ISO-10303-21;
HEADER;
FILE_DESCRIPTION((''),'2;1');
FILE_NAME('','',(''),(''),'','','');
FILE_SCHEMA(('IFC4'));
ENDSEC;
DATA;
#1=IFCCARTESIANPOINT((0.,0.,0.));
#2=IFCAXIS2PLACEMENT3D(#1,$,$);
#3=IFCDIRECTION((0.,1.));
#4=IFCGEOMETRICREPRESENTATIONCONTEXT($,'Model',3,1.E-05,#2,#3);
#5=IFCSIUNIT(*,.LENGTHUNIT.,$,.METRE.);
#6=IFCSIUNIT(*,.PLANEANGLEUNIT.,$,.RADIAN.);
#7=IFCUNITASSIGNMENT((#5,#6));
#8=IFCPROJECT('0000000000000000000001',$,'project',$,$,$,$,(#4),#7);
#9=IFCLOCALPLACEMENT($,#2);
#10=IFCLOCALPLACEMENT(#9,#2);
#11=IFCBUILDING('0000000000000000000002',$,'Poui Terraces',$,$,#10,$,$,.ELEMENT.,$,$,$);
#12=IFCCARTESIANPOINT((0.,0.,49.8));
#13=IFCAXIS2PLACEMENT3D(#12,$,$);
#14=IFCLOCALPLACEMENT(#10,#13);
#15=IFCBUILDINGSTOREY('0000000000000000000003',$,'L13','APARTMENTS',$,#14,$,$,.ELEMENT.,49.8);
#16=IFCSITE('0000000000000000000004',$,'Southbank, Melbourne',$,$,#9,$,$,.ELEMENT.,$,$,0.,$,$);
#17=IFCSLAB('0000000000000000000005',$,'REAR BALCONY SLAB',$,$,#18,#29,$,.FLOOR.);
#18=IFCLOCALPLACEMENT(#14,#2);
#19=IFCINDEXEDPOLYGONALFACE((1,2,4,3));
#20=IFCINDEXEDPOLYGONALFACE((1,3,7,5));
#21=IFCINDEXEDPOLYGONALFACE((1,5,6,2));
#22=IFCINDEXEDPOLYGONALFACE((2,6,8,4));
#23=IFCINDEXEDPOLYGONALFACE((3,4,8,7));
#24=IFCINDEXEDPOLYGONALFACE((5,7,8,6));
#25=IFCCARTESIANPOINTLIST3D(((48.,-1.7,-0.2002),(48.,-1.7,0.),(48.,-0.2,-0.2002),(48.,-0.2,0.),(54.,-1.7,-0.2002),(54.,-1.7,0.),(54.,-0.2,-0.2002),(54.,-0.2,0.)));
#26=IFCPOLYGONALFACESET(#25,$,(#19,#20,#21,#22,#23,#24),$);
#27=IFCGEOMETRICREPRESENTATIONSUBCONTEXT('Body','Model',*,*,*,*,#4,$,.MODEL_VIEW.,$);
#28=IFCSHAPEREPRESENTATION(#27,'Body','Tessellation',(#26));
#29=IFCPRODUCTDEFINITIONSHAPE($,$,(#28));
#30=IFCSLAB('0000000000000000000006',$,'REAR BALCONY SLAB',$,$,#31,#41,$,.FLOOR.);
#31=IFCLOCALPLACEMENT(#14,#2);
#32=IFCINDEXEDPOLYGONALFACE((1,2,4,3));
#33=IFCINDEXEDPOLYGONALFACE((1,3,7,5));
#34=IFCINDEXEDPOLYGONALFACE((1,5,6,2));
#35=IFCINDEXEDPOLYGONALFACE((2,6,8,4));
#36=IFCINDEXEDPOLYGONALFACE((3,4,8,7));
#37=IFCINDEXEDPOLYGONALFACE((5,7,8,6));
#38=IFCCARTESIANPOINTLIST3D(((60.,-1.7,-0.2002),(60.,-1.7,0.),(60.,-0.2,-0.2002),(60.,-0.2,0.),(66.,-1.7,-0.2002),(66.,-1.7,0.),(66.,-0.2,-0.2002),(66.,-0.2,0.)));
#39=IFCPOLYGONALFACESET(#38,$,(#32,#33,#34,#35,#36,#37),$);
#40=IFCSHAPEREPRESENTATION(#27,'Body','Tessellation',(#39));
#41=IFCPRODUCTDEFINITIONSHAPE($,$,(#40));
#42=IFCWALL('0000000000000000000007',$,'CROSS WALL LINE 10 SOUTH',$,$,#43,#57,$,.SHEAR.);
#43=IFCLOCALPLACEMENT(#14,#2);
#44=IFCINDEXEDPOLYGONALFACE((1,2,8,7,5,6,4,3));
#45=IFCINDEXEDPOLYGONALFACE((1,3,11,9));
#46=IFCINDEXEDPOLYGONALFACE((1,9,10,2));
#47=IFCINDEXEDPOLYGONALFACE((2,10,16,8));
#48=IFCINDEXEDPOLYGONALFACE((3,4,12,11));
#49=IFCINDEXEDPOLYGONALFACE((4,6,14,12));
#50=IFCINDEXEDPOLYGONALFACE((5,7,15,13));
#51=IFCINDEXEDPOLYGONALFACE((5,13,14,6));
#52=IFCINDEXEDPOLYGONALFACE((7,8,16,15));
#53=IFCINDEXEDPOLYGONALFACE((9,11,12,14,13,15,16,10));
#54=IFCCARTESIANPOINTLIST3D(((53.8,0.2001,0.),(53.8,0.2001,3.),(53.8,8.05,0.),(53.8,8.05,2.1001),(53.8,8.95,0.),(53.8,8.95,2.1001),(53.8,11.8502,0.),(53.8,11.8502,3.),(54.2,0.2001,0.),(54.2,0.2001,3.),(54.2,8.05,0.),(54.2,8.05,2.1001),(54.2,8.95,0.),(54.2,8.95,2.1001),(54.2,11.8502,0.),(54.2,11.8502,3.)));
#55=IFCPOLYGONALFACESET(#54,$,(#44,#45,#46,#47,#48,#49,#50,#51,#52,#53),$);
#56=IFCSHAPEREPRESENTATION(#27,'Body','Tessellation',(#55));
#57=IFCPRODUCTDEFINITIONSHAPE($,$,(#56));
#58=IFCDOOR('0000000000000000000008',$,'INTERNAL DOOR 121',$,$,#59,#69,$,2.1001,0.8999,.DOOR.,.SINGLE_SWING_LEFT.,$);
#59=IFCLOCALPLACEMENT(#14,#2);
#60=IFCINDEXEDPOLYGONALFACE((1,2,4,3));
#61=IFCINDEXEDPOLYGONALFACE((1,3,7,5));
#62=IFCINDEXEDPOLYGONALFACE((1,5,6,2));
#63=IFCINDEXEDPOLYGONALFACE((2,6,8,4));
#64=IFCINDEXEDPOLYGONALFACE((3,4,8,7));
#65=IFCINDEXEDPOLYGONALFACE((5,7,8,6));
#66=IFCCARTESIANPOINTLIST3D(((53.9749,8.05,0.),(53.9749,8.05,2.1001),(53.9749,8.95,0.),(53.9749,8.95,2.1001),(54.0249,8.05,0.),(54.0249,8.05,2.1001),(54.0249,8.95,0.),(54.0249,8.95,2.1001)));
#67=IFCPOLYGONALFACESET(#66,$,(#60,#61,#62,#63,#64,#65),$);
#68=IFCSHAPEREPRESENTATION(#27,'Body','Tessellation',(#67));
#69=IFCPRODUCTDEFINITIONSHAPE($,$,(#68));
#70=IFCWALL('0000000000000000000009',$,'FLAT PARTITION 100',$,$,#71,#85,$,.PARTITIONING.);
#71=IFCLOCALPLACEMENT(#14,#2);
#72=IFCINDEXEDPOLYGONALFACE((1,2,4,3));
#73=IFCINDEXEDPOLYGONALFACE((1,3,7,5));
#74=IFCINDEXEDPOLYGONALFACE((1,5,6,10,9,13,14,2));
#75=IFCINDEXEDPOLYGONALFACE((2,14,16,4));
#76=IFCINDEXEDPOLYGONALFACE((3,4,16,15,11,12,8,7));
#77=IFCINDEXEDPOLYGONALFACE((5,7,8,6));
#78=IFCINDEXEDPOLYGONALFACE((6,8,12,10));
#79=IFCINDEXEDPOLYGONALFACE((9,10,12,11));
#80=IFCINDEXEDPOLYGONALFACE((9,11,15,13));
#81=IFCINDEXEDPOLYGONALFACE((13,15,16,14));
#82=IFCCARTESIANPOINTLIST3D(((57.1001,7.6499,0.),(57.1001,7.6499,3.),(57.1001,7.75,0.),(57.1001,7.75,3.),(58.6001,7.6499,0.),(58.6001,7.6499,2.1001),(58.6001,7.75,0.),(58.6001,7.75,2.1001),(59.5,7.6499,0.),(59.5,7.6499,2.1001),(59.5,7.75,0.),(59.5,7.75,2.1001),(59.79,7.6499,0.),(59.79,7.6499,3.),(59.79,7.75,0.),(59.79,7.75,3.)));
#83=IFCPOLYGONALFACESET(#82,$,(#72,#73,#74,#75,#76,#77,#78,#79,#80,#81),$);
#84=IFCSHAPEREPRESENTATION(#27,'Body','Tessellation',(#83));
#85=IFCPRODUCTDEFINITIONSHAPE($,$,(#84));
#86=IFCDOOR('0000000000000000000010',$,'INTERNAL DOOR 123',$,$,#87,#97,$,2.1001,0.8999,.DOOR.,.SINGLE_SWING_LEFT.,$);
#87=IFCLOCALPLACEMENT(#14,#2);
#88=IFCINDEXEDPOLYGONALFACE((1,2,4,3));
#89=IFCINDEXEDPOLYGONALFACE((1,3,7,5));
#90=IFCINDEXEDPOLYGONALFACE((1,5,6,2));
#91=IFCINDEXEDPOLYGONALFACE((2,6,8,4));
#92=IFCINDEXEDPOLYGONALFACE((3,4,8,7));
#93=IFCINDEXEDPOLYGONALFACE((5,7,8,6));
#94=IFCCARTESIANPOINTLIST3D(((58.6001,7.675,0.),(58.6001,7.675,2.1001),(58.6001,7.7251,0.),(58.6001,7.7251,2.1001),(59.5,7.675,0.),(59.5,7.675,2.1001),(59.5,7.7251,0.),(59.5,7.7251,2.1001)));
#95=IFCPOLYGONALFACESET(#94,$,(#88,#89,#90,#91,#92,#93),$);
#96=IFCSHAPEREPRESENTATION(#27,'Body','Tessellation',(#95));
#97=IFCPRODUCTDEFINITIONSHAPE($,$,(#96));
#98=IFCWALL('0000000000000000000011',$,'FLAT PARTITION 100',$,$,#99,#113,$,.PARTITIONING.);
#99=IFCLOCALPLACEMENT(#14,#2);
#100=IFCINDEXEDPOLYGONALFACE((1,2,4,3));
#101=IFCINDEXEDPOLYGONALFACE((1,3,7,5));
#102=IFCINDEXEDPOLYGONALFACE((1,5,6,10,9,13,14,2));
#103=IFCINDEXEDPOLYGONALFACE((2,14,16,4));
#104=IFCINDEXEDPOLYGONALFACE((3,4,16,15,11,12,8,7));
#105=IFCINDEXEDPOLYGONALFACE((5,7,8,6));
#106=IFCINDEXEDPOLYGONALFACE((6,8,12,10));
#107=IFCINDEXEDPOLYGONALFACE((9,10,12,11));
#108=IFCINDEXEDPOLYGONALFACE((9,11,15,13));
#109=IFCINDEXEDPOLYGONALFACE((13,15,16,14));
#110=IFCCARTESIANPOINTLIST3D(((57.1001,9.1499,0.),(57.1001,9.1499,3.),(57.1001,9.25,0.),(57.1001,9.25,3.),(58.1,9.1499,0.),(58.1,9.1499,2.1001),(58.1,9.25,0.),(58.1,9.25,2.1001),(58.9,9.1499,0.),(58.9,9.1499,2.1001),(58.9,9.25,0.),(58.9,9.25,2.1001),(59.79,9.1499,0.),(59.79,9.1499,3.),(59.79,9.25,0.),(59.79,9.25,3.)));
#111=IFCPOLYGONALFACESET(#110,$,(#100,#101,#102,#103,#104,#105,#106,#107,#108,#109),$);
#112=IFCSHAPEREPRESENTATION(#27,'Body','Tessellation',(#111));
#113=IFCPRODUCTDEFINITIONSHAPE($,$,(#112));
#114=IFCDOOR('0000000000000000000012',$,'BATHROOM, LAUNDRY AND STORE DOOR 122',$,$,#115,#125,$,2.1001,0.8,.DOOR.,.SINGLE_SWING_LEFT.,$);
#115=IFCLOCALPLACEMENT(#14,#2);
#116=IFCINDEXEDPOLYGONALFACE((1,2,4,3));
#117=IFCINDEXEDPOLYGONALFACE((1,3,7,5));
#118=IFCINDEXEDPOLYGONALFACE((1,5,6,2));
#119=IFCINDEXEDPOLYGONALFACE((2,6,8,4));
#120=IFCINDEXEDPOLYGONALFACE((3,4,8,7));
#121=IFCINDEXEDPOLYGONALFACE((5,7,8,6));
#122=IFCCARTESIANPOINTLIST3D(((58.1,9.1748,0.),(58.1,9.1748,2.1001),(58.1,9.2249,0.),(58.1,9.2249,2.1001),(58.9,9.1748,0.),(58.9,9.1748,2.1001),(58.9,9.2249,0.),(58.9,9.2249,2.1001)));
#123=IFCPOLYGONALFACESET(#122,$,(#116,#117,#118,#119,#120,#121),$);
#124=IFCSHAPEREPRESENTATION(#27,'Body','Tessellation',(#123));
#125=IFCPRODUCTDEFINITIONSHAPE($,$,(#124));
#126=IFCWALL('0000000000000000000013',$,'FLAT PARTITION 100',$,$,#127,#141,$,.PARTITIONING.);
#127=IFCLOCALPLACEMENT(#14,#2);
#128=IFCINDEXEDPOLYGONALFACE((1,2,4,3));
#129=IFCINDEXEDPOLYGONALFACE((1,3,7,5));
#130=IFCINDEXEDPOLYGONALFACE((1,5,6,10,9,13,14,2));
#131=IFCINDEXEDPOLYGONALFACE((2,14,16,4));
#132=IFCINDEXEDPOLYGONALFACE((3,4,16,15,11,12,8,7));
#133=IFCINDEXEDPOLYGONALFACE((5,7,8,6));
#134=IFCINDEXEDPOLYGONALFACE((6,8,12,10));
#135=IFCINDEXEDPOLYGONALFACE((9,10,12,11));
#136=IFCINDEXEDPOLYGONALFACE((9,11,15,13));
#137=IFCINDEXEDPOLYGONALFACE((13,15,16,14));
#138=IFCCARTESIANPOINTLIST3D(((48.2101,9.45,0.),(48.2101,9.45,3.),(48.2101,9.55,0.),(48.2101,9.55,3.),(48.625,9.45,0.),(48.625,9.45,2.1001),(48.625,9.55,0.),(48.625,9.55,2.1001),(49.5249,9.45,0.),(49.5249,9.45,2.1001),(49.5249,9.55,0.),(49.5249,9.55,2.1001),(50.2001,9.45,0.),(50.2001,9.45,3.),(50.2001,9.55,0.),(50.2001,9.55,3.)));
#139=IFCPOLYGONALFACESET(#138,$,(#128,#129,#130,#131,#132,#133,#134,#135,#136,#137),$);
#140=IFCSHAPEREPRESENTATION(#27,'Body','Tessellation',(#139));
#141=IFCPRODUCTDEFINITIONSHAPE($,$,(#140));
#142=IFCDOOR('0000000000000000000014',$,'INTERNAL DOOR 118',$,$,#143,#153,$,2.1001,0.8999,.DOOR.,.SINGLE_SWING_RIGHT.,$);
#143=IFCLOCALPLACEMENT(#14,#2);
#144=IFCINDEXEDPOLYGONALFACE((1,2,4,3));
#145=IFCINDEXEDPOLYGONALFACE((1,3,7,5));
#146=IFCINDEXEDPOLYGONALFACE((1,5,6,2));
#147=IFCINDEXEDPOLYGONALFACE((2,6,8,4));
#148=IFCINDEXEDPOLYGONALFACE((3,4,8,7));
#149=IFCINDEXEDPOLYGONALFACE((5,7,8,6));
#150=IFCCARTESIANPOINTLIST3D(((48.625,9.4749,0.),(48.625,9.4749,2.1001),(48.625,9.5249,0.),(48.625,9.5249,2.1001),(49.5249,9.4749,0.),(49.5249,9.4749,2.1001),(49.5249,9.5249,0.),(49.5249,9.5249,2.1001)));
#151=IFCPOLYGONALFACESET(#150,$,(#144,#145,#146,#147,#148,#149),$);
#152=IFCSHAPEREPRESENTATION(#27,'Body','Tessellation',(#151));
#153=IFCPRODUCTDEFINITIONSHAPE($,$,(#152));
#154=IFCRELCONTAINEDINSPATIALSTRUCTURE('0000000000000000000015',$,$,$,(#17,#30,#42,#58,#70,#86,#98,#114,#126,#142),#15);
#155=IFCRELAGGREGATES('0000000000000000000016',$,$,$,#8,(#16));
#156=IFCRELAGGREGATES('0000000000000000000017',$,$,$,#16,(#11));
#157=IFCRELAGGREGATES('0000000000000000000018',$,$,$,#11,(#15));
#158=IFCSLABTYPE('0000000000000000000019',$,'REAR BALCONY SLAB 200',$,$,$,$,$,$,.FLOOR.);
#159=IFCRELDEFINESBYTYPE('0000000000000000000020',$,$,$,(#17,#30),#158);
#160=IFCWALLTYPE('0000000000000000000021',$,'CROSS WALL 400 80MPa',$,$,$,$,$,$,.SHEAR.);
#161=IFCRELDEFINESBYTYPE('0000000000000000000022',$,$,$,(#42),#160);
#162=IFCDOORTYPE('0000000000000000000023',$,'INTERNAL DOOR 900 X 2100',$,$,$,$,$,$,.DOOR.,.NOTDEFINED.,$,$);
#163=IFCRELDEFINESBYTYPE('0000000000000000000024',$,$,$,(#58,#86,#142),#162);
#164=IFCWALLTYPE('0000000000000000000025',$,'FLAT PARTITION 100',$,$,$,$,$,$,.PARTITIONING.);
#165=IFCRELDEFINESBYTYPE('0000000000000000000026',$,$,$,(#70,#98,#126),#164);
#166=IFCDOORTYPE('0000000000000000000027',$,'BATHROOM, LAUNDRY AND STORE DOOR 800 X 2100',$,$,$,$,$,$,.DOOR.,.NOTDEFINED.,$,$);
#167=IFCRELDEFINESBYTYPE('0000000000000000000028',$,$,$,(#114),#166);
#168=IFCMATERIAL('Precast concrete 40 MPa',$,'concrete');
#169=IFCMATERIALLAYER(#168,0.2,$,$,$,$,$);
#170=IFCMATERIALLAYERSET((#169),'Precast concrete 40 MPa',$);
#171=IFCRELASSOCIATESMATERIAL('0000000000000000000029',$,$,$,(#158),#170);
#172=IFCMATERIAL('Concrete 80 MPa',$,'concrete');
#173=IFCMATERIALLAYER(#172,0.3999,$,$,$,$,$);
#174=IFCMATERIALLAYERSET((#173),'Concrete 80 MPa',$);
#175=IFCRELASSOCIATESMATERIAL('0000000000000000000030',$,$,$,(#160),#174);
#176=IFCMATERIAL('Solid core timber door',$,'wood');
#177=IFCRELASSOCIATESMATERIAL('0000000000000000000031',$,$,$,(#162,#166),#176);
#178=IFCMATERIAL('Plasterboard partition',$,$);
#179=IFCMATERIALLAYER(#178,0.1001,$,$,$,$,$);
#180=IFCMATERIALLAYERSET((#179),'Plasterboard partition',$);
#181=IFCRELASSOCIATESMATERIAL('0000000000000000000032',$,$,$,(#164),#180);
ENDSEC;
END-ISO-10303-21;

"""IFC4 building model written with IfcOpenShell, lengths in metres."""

from ifc_helpers import new_model, si_unit, direction, frame, frame_2d, origin, place, context, subcontext, project, spatial, polyline, rectangle, outline, extrude, source, transform, mapped, material, layer, layer_set, type_object, element, fill, save


model = new_model("IFC4")

# Units and contexts
model_context = context("Model", 3, precision=1e-05, world=origin(), true_north=direction((0.0, 1.0)))
body_context = subcontext(model_context, "Body", "Model", "MODEL_VIEW")
ifc_project = project(units=[si_unit("LENGTHUNIT", "METRE"), si_unit("PLANEANGLEUNIT", "RADIAN")], contexts=[model_context])

# Site, building, storey
site_placement = place(None, origin())
site = spatial("IfcSite", under=ifc_project, at=site_placement, Name="Southbank, Melbourne", CompositionType="ELEMENT", RefElevation=0.0)
building_placement = place(site_placement, origin())
building = spatial("IfcBuilding", under=site, at=building_placement, Name="Poui Terraces", CompositionType="ELEMENT")
storey_placement = place(building_placement, frame((0.0, 0.0, 49.8)))
storey = spatial("IfcBuildingStorey", under=building, at=storey_placement, Name="L13", Description="APARTMENTS", CompositionType="ELEMENT", Elevation=49.8)

# Slabs
ifc_material_1 = material(Name="Precast concrete 40 MPa", Category="concrete")
ifc_layer_1 = layer(ifc_material_1, 0.2)
ifc_layer_set_1 = layer_set([ifc_layer_1], Name="Precast concrete 40 MPa")
slab_type = type_object("IfcSlabType", Name="REAR BALCONY SLAB 200", PredefinedType="FLOOR", material=ifc_layer_set_1)
shared_shape_1 = source(origin(), body_context, "Body", "SweptSolid", [
    extrude(outline(polyline([(0.0, 0.0), (6.0, 0.0), (6.0, 1.5), (0.0, 1.5), (0.0, 0.0)])), origin(), (0.0, 0.0, 1.0), 0.2002),
])
for number, where, name in (
    (1, (48.0, -1.7, -0.2002), "REAR BALCONY SLAB"),
    (2, (60.0, -1.7, -0.2002), "REAR BALCONY SLAB"),
):
    element("IfcSlab", number, at=place(storey_placement, frame(where)), inside=storey, type_object=slab_type, Name=name, PredefinedType="FLOOR", context=body_context, shape_type="MappedRepresentation", body=[
        mapped(shared_shape_1, transform((0.0, 0.0, 0.0))),
    ])

# Walls, openings, doors
ifc_material_2 = material(Name="Concrete 80 MPa", Category="concrete")
ifc_layer_2 = layer(ifc_material_2, 0.3999)
ifc_layer_set_2 = layer_set([ifc_layer_2], Name="Concrete 80 MPa")
wall_type_1 = type_object("IfcWallType", Name="CROSS WALL 400 80MPa", PredefinedType="SHEAR", material=ifc_layer_set_2)
wall_1_placement = place(storey_placement, frame((54.0, 0.2, 0.0), z_axis=(0.0, 0.0, 1.0), x_axis=(0.0, 1.0, 0.0)))
wall_1 = element("IfcWall", 3, at=wall_1_placement, inside=storey, type_object=wall_type_1, Name="CROSS WALL LINE 10 SOUTH", PredefinedType="SHEAR", context=body_context, shape_type="SweptSolid", body=[
    extrude(rectangle(XDim=11.6501, YDim=0.3999, at=frame_2d((5.8252, 0.0))), origin(), (0.0, 0.0, 1.0), 3.0),
])
opening_1_placement = place(wall_1_placement, frame((7.8501, 0.0, 0.0)))
opening_1 = element("IfcOpeningElement", 4, at=opening_1_placement, cuts=wall_1, PredefinedType="OPENING", context=body_context, shape_type="SweptSolid", body=[
    extrude(rectangle(XDim=0.8999, YDim=2.1001, at=frame_2d((0.45, 1.05))), frame((0.0, 0.21, 0.0), z_axis=(0.0, -1.0, 0.0), x_axis=(1.0, 0.0, 0.0)), (0.0, 0.0, 1.0), 0.4199),
])
ifc_material_3 = material(Name="Solid core timber door", Category="wood")
door_type_1 = type_object("IfcDoorType", Name="INTERNAL DOOR 900 X 2100", OperationType="NOTDEFINED", PredefinedType="DOOR", material=ifc_material_3)
door_1_placement = place(opening_1_placement, frame((0.8999, 0.0, 0.0), z_axis=(0.0, 0.0, 1.0), x_axis=(-1.0, 0.0, 0.0)))
door_1 = element("IfcDoor", 5, at=door_1_placement, inside=storey, type_object=door_type_1, Name="INTERNAL DOOR 121", OperationType="SINGLE_SWING_LEFT", OverallHeight=2.1001, OverallWidth=0.8999, PredefinedType="DOOR", context=body_context, shape_type="SweptSolid", body=[
    extrude(rectangle(XDim=0.8999, YDim=2.1001, at=frame_2d((0.45, 1.05))), frame((0.0, 0.0249, 0.0), z_axis=(0.0, -1.0, 0.0), x_axis=(1.0, 0.0, 0.0)), (0.0, 0.0, 1.0), 0.05),
])
fill(opening_1, door_1)
ifc_material_4 = material(Name="Plasterboard partition")
ifc_layer_3 = layer(ifc_material_4, 0.1001)
ifc_layer_set_3 = layer_set([ifc_layer_3], Name="Plasterboard partition")
wall_type_2 = type_object("IfcWallType", Name="FLAT PARTITION 100", PredefinedType="PARTITIONING", material=ifc_layer_set_3)
wall_2_placement = place(storey_placement, frame((57.1001, 7.7, 0.0), z_axis=(0.0, 0.0, 1.0), x_axis=(1.0, 0.0, 0.0)))
wall_2 = element("IfcWall", 6, at=wall_2_placement, inside=storey, type_object=wall_type_2, Name="FLAT PARTITION 100", PredefinedType="PARTITIONING", context=body_context, shape_type="SweptSolid", body=[
    extrude(rectangle(XDim=2.6899, YDim=0.1001, at=frame_2d((1.345, 0.0))), origin(), (0.0, 0.0, 1.0), 3.0),
])
opening_2_placement = place(wall_2_placement, frame((1.5, 0.0, 0.0)))
opening_2 = element("IfcOpeningElement", 7, at=opening_2_placement, cuts=wall_2, PredefinedType="OPENING", context=body_context, shape_type="SweptSolid", body=[
    extrude(rectangle(XDim=0.8999, YDim=2.1001, at=frame_2d((0.45, 1.05))), frame((0.0, 0.0601, 0.0), z_axis=(0.0, -1.0, 0.0), x_axis=(1.0, 0.0, 0.0)), (0.0, 0.0, 1.0), 0.1201),
])
door_2_placement = place(opening_2_placement, frame((0.8999, 0.0, 0.0), z_axis=(0.0, 0.0, 1.0), x_axis=(-1.0, 0.0, 0.0)))
door_2 = element("IfcDoor", 8, at=door_2_placement, inside=storey, type_object=door_type_1, Name="INTERNAL DOOR 123", OperationType="SINGLE_SWING_LEFT", OverallHeight=2.1001, OverallWidth=0.8999, PredefinedType="DOOR", context=body_context, shape_type="SweptSolid", body=[
    extrude(rectangle(XDim=0.8999, YDim=2.1001, at=frame_2d((0.45, 1.05))), frame((0.0, 0.0249, 0.0), z_axis=(0.0, -1.0, 0.0), x_axis=(1.0, 0.0, 0.0)), (0.0, 0.0, 1.0), 0.05),
])
fill(opening_2, door_2)
wall_3_placement = place(storey_placement, frame((57.1001, 9.2, 0.0), z_axis=(0.0, 0.0, 1.0), x_axis=(1.0, 0.0, 0.0)))
wall_3 = element("IfcWall", 9, at=wall_3_placement, inside=storey, type_object=wall_type_2, Name="FLAT PARTITION 100", PredefinedType="PARTITIONING", context=body_context, shape_type="SweptSolid", body=[
    extrude(rectangle(XDim=2.6899, YDim=0.1001, at=frame_2d((1.345, 0.0))), origin(), (0.0, 0.0, 1.0), 3.0),
])
opening_3_placement = place(wall_3_placement, frame((1.0, 0.0, 0.0)))
opening_3 = element("IfcOpeningElement", 10, at=opening_3_placement, cuts=wall_3, PredefinedType="OPENING", context=body_context, shape_type="SweptSolid", body=[
    extrude(rectangle(XDim=0.8, YDim=2.1001, at=frame_2d((0.3999, 1.05))), frame((0.0, 0.0601, 0.0), z_axis=(0.0, -1.0, 0.0), x_axis=(1.0, 0.0, 0.0)), (0.0, 0.0, 1.0), 0.1201),
])
door_type_2 = type_object("IfcDoorType", Name="BATHROOM, LAUNDRY AND STORE DOOR 800 X 2100", OperationType="NOTDEFINED", PredefinedType="DOOR", material=ifc_material_3)
door_3_placement = place(opening_3_placement, origin())
door_3 = element("IfcDoor", 11, at=door_3_placement, inside=storey, type_object=door_type_2, Name="BATHROOM, LAUNDRY AND STORE DOOR 122", OperationType="SINGLE_SWING_LEFT", OverallHeight=2.1001, OverallWidth=0.8, PredefinedType="DOOR", context=body_context, shape_type="SweptSolid", body=[
    extrude(rectangle(XDim=0.8, YDim=2.1001, at=frame_2d((0.3999, 1.05))), frame((0.0, 0.0249, 0.0), z_axis=(0.0, -1.0, 0.0), x_axis=(1.0, 0.0, 0.0)), (0.0, 0.0, 1.0), 0.05),
])
fill(opening_3, door_3)
wall_4_placement = place(storey_placement, frame((48.21, 9.5, 0.0), z_axis=(0.0, 0.0, 1.0), x_axis=(1.0, 0.0, 0.0)))
wall_4 = element("IfcWall", 12, at=wall_4_placement, inside=storey, type_object=wall_type_2, Name="FLAT PARTITION 100", PredefinedType="PARTITIONING", context=body_context, shape_type="SweptSolid", body=[
    extrude(rectangle(XDim=1.99, YDim=0.1001, at=frame_2d((0.9951, 0.0))), origin(), (0.0, 0.0, 1.0), 3.0),
])
opening_4_placement = place(wall_4_placement, frame((0.415, 0.0, 0.0)))
opening_4 = element("IfcOpeningElement", 13, at=opening_4_placement, cuts=wall_4, PredefinedType="OPENING", context=body_context, shape_type="SweptSolid", body=[
    extrude(rectangle(XDim=0.8999, YDim=2.1001, at=frame_2d((0.45, 1.05))), frame((0.0, 0.0601, 0.0), z_axis=(0.0, -1.0, 0.0), x_axis=(1.0, 0.0, 0.0)), (0.0, 0.0, 1.0), 0.1201),
])
door_4_placement = place(opening_4_placement, origin())
door_4 = element("IfcDoor", 14, at=door_4_placement, inside=storey, type_object=door_type_1, Name="INTERNAL DOOR 118", OperationType="SINGLE_SWING_RIGHT", OverallHeight=2.1001, OverallWidth=0.8999, PredefinedType="DOOR", context=body_context, shape_type="SweptSolid", body=[
    extrude(rectangle(XDim=0.8999, YDim=2.1001, at=frame_2d((0.45, 1.05))), frame((0.0, 0.0249, 0.0), z_axis=(0.0, -1.0, 0.0), x_axis=(1.0, 0.0, 0.0)), (0.0, 0.0, 1.0), 0.05),
])
fill(opening_4, door_4)

save(model, "model.ifc")
